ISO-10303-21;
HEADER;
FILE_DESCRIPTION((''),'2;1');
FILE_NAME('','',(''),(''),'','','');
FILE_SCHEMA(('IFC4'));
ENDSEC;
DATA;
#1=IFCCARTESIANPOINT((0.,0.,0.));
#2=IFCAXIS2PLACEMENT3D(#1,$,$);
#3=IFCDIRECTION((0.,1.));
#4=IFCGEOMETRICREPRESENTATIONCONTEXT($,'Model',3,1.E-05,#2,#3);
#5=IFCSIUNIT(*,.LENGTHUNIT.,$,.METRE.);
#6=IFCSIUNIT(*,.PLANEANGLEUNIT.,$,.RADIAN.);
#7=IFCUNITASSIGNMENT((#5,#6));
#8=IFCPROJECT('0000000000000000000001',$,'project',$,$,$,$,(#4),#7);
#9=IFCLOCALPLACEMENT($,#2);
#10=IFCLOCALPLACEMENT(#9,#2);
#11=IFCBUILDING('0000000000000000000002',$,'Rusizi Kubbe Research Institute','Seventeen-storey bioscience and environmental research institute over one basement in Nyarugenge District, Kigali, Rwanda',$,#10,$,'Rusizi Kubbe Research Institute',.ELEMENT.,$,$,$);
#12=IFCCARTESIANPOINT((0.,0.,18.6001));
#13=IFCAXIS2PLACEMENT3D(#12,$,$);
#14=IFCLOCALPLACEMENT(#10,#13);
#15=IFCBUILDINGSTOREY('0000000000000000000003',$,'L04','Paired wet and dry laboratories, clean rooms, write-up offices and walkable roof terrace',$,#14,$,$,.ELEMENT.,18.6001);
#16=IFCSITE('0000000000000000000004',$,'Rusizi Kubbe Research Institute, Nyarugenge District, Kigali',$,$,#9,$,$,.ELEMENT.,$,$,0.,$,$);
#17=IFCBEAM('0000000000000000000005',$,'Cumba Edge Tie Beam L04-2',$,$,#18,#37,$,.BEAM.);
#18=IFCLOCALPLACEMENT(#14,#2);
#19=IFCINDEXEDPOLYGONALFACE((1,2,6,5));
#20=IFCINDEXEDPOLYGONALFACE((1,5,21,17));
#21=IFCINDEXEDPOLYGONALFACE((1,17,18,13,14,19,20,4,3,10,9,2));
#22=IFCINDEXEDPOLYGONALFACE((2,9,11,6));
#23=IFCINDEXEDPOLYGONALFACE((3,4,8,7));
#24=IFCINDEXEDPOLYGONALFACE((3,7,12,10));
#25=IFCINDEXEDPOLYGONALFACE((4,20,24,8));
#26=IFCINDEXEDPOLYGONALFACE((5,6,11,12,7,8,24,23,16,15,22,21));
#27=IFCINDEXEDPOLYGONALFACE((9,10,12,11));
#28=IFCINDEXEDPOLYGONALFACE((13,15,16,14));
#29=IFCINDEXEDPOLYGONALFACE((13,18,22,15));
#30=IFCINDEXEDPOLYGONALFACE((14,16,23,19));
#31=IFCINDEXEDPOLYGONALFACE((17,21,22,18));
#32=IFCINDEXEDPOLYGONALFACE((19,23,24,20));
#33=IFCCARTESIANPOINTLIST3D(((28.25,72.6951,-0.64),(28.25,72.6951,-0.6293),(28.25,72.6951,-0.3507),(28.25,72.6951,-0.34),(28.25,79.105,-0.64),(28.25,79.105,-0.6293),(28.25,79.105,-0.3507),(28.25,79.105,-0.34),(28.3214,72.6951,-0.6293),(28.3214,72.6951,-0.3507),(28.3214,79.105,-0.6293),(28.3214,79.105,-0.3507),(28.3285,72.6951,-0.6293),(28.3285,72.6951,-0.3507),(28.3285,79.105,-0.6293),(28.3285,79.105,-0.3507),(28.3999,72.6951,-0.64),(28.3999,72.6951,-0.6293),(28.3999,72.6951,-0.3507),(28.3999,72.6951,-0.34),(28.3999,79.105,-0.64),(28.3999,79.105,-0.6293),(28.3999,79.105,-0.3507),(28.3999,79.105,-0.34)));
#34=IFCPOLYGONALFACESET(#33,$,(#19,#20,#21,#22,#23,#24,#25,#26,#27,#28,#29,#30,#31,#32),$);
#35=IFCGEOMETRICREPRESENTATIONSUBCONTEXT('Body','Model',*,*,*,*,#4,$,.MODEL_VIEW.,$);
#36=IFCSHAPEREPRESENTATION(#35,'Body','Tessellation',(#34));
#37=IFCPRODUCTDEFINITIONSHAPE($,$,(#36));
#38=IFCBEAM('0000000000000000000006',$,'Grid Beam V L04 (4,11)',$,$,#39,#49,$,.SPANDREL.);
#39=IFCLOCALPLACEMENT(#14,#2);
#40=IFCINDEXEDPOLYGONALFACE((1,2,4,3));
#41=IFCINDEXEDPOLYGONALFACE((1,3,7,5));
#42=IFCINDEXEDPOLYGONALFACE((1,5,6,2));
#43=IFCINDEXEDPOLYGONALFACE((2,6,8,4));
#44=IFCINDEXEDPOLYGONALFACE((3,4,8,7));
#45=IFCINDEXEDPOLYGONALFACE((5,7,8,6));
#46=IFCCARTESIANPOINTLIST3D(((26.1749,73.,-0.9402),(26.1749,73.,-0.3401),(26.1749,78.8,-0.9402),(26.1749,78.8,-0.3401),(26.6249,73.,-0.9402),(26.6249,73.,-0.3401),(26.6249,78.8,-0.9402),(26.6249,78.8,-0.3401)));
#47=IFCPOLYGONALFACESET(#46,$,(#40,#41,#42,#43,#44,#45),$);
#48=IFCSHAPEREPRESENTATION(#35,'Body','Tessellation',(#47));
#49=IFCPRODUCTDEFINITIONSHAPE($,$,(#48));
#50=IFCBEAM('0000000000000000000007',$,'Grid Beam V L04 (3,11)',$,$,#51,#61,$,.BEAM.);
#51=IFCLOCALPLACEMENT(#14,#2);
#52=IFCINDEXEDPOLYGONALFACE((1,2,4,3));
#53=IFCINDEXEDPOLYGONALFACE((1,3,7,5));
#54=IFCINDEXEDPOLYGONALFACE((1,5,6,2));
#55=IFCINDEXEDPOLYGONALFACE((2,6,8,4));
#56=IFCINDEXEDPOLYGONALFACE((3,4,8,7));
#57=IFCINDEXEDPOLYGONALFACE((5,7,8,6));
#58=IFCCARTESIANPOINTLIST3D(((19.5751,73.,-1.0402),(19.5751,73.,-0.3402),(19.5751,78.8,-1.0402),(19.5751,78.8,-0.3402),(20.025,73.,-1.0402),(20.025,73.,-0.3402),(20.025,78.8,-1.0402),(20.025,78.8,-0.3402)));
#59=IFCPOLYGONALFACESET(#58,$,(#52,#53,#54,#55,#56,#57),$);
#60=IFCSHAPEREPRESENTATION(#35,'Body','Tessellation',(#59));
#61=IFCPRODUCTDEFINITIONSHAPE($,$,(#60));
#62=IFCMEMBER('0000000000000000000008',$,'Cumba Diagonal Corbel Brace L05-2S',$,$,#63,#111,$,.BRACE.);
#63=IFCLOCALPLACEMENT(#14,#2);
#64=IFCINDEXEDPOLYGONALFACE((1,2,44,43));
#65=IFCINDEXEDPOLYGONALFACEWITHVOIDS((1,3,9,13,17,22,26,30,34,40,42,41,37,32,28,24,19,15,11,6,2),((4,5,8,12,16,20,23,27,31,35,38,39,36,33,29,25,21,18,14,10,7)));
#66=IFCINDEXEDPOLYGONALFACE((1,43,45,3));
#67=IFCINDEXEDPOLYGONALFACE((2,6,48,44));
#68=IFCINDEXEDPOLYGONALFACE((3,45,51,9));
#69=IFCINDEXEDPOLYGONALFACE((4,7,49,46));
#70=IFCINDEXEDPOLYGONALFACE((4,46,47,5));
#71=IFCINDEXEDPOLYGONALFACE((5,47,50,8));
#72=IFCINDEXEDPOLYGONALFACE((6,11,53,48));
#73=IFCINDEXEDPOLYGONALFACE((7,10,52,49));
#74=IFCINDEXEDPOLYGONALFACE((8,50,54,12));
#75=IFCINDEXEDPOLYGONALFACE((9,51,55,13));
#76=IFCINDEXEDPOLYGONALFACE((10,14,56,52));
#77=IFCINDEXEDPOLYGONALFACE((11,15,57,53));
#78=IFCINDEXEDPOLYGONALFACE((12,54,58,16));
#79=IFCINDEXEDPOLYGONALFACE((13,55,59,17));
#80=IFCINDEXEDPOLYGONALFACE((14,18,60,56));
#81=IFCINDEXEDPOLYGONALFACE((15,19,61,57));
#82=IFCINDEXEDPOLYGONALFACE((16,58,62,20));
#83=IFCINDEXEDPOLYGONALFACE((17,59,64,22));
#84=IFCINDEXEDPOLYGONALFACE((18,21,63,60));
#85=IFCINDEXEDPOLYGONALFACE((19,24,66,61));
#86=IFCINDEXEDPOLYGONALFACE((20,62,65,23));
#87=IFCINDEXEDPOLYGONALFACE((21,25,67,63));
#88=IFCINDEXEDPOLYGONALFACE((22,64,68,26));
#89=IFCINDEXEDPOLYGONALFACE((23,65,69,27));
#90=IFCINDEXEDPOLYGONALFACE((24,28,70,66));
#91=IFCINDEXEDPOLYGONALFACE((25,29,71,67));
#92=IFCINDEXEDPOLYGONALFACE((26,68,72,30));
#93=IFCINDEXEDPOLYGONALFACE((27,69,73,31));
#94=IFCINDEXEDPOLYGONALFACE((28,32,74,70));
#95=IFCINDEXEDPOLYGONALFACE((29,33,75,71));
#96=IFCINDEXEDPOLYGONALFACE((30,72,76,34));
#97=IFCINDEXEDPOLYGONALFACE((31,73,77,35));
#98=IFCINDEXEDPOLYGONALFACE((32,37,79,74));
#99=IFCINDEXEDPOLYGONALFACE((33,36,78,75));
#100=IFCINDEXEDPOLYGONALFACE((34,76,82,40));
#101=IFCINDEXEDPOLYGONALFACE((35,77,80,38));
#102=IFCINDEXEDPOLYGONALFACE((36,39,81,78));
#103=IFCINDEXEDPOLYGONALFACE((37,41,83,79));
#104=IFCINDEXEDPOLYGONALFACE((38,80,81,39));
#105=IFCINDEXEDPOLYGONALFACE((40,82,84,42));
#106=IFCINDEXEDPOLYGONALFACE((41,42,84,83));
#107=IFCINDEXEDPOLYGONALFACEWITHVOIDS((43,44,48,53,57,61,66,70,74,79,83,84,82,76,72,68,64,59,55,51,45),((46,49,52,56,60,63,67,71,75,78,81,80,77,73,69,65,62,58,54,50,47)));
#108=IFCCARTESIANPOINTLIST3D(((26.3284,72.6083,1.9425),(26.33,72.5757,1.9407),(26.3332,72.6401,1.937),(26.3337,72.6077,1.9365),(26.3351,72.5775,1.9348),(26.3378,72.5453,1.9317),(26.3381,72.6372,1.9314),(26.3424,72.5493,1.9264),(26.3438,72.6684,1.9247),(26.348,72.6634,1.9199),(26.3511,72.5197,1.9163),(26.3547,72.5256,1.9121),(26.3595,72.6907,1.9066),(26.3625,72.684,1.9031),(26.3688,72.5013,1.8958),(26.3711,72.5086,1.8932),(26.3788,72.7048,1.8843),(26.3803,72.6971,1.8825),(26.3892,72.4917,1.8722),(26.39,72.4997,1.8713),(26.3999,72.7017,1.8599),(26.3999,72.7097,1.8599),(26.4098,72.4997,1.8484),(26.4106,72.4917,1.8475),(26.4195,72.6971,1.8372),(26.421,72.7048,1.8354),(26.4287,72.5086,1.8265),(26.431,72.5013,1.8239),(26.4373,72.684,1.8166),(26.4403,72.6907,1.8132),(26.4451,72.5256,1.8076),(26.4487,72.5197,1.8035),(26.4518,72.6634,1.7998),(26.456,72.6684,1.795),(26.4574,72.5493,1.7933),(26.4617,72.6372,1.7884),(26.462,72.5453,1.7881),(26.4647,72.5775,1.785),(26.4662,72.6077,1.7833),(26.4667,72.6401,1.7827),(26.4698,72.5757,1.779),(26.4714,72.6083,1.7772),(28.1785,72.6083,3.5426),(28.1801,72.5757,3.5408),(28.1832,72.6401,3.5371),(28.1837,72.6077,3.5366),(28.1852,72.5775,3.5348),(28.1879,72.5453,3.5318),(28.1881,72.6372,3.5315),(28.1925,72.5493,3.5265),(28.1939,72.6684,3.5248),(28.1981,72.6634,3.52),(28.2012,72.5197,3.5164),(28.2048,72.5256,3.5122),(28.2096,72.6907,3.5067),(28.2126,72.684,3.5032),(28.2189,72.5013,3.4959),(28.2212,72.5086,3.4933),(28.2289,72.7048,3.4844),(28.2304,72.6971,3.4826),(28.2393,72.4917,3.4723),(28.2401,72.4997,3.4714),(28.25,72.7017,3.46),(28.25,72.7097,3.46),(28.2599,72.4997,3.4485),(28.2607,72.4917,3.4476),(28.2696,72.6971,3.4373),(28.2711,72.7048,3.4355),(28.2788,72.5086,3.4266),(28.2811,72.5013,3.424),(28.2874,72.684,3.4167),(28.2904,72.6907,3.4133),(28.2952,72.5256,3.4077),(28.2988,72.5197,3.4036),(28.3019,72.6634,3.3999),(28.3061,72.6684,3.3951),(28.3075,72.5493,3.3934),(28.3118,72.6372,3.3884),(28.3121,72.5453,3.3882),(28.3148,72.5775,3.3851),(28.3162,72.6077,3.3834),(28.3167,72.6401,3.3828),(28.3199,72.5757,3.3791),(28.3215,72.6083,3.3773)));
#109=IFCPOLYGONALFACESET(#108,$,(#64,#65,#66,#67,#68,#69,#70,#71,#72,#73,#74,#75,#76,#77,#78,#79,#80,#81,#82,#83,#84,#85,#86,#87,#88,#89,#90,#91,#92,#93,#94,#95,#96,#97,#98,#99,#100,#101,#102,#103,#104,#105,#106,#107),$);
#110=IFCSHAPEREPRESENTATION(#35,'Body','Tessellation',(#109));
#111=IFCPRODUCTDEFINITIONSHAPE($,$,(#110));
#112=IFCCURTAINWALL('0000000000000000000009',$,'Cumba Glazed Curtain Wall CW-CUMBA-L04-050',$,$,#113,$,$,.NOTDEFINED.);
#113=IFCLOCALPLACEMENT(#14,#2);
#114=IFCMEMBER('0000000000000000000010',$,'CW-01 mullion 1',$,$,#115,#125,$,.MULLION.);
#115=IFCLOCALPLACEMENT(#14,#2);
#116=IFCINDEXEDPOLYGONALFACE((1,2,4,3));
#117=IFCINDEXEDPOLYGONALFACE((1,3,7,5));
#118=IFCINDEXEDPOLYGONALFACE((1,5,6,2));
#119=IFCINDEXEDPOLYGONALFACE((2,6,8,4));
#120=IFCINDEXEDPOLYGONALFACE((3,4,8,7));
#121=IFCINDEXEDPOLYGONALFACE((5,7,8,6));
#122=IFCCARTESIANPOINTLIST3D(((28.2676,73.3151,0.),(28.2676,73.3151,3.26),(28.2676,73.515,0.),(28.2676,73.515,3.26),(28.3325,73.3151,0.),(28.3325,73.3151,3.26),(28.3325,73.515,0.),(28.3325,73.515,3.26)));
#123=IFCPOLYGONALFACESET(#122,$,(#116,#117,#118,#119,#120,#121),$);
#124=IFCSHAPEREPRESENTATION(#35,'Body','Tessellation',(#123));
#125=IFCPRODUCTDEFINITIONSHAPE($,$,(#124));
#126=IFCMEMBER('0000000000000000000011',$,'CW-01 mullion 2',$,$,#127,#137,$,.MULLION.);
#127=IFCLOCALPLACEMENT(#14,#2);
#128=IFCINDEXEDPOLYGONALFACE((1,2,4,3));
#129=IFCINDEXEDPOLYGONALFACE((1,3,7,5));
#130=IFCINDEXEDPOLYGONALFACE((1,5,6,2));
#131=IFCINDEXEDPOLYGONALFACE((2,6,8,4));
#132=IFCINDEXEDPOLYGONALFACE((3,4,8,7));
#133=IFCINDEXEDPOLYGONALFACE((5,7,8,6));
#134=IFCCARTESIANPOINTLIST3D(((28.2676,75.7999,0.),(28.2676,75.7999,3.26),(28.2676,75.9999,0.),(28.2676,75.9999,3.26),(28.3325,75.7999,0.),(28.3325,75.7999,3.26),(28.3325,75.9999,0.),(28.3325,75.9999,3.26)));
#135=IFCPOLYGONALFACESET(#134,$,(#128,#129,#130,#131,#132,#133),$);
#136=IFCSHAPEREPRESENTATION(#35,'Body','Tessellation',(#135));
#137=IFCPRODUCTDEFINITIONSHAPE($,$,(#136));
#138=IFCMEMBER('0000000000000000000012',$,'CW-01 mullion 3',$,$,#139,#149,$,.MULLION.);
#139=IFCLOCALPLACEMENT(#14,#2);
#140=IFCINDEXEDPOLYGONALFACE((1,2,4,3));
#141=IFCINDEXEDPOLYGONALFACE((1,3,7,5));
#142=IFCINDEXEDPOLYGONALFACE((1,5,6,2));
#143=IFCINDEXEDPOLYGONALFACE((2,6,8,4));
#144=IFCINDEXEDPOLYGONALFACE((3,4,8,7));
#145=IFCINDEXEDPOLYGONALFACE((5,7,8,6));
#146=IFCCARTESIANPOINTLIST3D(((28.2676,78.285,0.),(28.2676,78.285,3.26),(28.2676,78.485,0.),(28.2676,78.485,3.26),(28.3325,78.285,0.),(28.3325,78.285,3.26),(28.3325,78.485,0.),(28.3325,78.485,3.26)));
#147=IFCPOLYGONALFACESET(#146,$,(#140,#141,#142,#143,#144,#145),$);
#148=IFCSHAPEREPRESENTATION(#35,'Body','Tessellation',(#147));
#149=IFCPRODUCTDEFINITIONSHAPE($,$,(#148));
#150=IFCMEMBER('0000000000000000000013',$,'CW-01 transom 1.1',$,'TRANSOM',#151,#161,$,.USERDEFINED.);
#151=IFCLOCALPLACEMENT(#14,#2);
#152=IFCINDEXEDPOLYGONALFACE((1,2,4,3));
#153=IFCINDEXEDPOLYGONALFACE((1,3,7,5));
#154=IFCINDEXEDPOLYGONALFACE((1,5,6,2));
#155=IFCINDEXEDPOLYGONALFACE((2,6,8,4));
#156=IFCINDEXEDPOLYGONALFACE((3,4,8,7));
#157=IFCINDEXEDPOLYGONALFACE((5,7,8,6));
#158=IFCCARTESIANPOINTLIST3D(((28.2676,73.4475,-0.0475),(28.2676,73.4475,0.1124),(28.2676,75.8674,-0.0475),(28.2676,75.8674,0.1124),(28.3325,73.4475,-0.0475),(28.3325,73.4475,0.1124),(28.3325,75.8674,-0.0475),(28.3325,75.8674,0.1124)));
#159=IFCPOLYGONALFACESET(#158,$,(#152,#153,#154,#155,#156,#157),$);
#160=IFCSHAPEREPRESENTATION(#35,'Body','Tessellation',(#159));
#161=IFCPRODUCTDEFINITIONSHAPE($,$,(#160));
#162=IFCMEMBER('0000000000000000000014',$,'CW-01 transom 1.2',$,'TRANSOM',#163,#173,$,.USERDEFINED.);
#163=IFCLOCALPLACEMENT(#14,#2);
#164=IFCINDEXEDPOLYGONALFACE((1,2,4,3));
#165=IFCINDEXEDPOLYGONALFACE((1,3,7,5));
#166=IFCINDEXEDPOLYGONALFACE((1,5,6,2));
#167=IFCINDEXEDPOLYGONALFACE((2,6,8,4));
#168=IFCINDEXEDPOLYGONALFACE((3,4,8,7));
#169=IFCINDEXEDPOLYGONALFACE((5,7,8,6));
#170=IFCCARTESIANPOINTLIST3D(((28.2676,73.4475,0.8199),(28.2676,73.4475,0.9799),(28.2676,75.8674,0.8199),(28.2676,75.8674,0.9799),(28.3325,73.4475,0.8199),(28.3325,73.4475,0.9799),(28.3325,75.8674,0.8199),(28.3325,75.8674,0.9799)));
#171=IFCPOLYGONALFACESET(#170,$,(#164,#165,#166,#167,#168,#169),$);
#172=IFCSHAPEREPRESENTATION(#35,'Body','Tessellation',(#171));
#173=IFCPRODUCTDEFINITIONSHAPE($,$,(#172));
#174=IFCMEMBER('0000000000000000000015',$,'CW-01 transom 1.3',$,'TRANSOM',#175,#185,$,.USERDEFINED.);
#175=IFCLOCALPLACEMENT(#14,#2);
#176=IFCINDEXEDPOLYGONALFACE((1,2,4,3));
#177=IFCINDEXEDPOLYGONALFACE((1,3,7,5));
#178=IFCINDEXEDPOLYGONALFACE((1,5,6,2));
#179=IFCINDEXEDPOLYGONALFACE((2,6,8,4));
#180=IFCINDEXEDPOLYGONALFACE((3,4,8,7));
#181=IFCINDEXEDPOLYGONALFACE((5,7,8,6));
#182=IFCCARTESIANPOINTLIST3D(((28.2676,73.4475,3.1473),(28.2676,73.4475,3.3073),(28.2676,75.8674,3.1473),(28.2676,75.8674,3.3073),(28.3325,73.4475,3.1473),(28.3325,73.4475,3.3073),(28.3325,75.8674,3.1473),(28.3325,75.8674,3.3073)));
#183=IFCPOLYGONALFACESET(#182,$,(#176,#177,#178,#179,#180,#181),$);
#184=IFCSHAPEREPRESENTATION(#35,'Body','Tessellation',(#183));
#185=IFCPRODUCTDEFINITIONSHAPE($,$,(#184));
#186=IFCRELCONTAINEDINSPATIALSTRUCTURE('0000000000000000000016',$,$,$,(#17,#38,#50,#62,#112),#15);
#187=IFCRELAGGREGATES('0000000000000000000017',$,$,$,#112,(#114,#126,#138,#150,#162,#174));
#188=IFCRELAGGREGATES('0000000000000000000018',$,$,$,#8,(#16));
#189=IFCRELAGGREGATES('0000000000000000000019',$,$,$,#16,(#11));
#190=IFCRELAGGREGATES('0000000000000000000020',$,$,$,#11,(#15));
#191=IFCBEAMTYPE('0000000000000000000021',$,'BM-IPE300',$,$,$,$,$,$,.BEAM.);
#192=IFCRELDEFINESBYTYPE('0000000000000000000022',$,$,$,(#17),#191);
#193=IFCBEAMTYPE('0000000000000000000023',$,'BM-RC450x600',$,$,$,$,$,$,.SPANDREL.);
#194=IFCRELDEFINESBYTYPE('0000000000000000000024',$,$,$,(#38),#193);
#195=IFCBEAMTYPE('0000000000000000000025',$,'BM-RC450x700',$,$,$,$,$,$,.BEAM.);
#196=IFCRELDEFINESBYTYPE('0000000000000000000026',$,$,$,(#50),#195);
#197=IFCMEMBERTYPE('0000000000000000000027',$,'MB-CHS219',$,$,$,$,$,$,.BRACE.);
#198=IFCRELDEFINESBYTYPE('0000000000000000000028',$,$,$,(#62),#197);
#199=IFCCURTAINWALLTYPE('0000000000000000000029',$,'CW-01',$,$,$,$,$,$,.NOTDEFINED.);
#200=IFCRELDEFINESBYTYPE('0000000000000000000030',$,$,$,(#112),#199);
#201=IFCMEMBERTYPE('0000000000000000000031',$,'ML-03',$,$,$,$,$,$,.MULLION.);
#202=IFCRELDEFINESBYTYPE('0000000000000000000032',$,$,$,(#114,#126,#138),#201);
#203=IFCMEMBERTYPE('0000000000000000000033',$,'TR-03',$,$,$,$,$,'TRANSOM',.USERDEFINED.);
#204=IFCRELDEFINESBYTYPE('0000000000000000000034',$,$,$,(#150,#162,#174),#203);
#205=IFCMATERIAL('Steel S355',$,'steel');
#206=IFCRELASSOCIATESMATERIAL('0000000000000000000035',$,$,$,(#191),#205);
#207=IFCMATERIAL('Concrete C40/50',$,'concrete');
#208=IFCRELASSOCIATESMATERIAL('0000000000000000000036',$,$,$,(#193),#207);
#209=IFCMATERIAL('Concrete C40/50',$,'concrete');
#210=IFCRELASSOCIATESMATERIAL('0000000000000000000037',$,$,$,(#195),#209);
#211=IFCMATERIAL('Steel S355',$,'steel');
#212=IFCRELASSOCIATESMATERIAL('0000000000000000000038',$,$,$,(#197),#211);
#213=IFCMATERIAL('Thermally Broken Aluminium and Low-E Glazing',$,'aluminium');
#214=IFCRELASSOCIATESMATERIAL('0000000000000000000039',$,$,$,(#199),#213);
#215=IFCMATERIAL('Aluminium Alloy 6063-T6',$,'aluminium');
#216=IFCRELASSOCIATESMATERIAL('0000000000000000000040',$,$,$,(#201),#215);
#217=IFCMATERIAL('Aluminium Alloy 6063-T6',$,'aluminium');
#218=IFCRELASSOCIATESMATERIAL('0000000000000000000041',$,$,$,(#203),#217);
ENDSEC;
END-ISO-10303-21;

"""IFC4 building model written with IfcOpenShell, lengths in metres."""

from ifc_helpers import new_model, si_unit, direction, frame, origin, origin_2d, place, context, subcontext, project, spatial, rectangle, hollow_circle, i_section, extrude, material, material_profile, profile_set, type_object, element, aggregate, save


model = new_model("IFC4")

# Units and contexts
model_context = context("Model", 3, precision=1e-05, world=origin(), true_north=direction((0.0, 1.0)))
body_context = subcontext(model_context, "Body", "Model", "MODEL_VIEW")
ifc_project = project(units=[si_unit("LENGTHUNIT", "METRE"), si_unit("PLANEANGLEUNIT", "RADIAN")], contexts=[model_context])

# Site, building, storey
site_placement = place(None, origin())
site = spatial("IfcSite", under=ifc_project, at=site_placement, Name="Rusizi Kubbe Research Institute, Nyarugenge District, Kigali", CompositionType="ELEMENT", RefElevation=0.0)
building_placement = place(site_placement, origin())
building = spatial("IfcBuilding", under=site, at=building_placement, Name="Rusizi Kubbe Research Institute", Description="Seventeen-storey bioscience and environmental research institute over one basement in Nyarugenge District, Kigali, Rwanda", LongName="Rusizi Kubbe Research Institute", CompositionType="ELEMENT")
storey_placement = place(building_placement, frame((0.0, 0.0, 18.6001)))
storey = spatial("IfcBuildingStorey", under=building, at=storey_placement, Name="L04", Description="Paired wet and dry laboratories, clean rooms, write-up offices and walkable roof terrace", CompositionType="ELEMENT", Elevation=18.6001)

# Beams
ifc_material_1 = material(Name="Steel S355", Category="steel")
ifc_material_profile_1 = material_profile(ifc_material_1, i_section(OverallWidth=0.1499, OverallDepth=0.3, WebThickness=0.0071, FlangeThickness=0.0107, at=origin_2d()), Name="IPE 300")
ifc_profile_set_1 = profile_set([ifc_material_profile_1], Name="Steel S355")
beam_type_1 = type_object("IfcBeamType", Name="BM-IPE300", PredefinedType="BEAM", material=ifc_profile_set_1)
beam_1_placement = place(storey_placement, frame((28.325, 72.6951, -0.49), z_axis=(0.0, 1.0, 0.0), x_axis=(-1.0, 0.0, 0.0)))
element("IfcBeam", 1, at=beam_1_placement, inside=storey, type_object=beam_type_1, Name="Cumba Edge Tie Beam L04-2", PredefinedType="BEAM", context=body_context, shape_type="SweptSolid", body=[
    extrude(i_section(OverallWidth=0.1499, OverallDepth=0.3, WebThickness=0.0071, FlangeThickness=0.0107, at=origin_2d()), origin(), (0.0, 0.0, 1.0), 6.4099),
])
ifc_material_2 = material(Name="Concrete C40/50", Category="concrete")
ifc_material_profile_2 = material_profile(ifc_material_2, rectangle(XDim=0.45, YDim=0.6001, at=origin_2d()), Name="RC450x600")
ifc_profile_set_2 = profile_set([ifc_material_profile_2], Name="Concrete C40/50")
beam_type_2 = type_object("IfcBeamType", Name="BM-RC450x600", PredefinedType="SPANDREL", material=ifc_profile_set_2)
beam_2_placement = place(storey_placement, frame((26.3999, 73.0, -0.6401), z_axis=(0.0, 1.0, 0.0), x_axis=(-1.0, 0.0, 0.0)))
element("IfcBeam", 2, at=beam_2_placement, inside=storey, type_object=beam_type_2, Name="Grid Beam V L04 (4,11)", PredefinedType="SPANDREL", context=body_context, shape_type="SweptSolid", body=[
    extrude(rectangle(XDim=0.45, YDim=0.6001, at=origin_2d()), origin(), (0.0, 0.0, 1.0), 5.8),
])
ifc_material_3 = material(Name="Concrete C40/50", Category="concrete")
ifc_material_profile_3 = material_profile(ifc_material_3, rectangle(XDim=0.45, YDim=0.7, at=origin_2d()), Name="RC450x700B")
ifc_profile_set_3 = profile_set([ifc_material_profile_3], Name="Concrete C40/50")
beam_type_3 = type_object("IfcBeamType", Name="BM-RC450x700", PredefinedType="BEAM", material=ifc_profile_set_3)
beam_3_placement = place(storey_placement, frame((19.8, 73.0, -0.6902), z_axis=(0.0, 1.0, 0.0), x_axis=(-1.0, 0.0, 0.0)))
element("IfcBeam", 3, at=beam_3_placement, inside=storey, type_object=beam_type_3, Name="Grid Beam V L04 (3,11)", PredefinedType="BEAM", context=body_context, shape_type="SweptSolid", body=[
    extrude(rectangle(XDim=0.45, YDim=0.7, at=origin_2d()), origin(), (0.0, 0.0, 1.0), 5.8),
])

# Member
ifc_material_4 = material(Name="Steel S355", Category="steel")
ifc_material_profile_4 = material_profile(ifc_material_4, hollow_circle(Radius=0.1096, WallThickness=0.0081, at=origin_2d()), Name="CHS 219.1x8.0")
ifc_profile_set_4 = profile_set([ifc_material_profile_4], Name="Steel S355")
member_type_1 = type_object("IfcMemberType", Name="MB-CHS219", PredefinedType="BRACE", material=ifc_profile_set_4)
member_1_placement = place(storey_placement, frame((26.3999, 72.6001, 1.8599), z_axis=(0.756361, 0.0, 0.654155), x_axis=(0.0, 1.0, 0.0)))
element("IfcMember", 4, at=member_1_placement, inside=storey, type_object=member_type_1, Name="Cumba Diagonal Corbel Brace L05-2S", PredefinedType="BRACE", context=body_context, shape_type="SweptSolid", body=[
    extrude(hollow_circle(Radius=0.1096, WallThickness=0.0081, at=origin_2d()), origin(), (0.0, 0.0, 1.0), 2.446),
])

# Curtain wall, members
ifc_material_5 = material(Name="Thermally Broken Aluminium and Low-E Glazing", Category="aluminium")
curtain_wall_type = type_object("IfcCurtainWallType", Name="CW-01", PredefinedType="NOTDEFINED", material=ifc_material_5)
curtain_wall_placement = place(storey_placement, origin())
curtain_wall = element("IfcCurtainWall", 5, at=curtain_wall_placement, inside=storey, type_object=curtain_wall_type, Name="Cumba Glazed Curtain Wall CW-CUMBA-L04-050", PredefinedType="NOTDEFINED")
ifc_material_6 = material(Name="Aluminium Alloy 6063-T6", Category="aluminium")
ifc_material_profile_5 = material_profile(ifc_material_6, rectangle(XDim=0.0649, YDim=0.2, at=origin_2d()), Name="ALU-M 65x200")
ifc_profile_set_5 = profile_set([ifc_material_profile_5], Name="Aluminium Alloy 6063-T6")
member_type_2 = type_object("IfcMemberType", Name="ML-03", PredefinedType="MULLION", material=ifc_profile_set_5)
member_2_placement = place(storey_placement, frame((28.3, 73.415, 0.0), z_axis=(0.0, 0.0, 1.0), x_axis=(-1.0, 0.0, 0.0)))
member_2 = element("IfcMember", 6, at=member_2_placement, type_object=member_type_2, Name="CW-01 mullion 1", PredefinedType="MULLION", context=body_context, shape_type="SweptSolid", body=[
    extrude(rectangle(XDim=0.0649, YDim=0.2, at=origin_2d()), origin(), (0.0, 0.0, 1.0), 3.26),
])
member_3_placement = place(storey_placement, frame((28.3, 75.8999, 0.0), z_axis=(0.0, 0.0, 1.0), x_axis=(-1.0, 0.0, 0.0)))
member_3 = element("IfcMember", 7, at=member_3_placement, type_object=member_type_2, Name="CW-01 mullion 2", PredefinedType="MULLION", context=body_context, shape_type="SweptSolid", body=[
    extrude(rectangle(XDim=0.0649, YDim=0.2, at=origin_2d()), origin(), (0.0, 0.0, 1.0), 3.26),
])
member_4_placement = place(storey_placement, frame((28.3, 78.385, 0.0), z_axis=(0.0, 0.0, 1.0), x_axis=(-1.0, 0.0, 0.0)))
member_4 = element("IfcMember", 8, at=member_4_placement, type_object=member_type_2, Name="CW-01 mullion 3", PredefinedType="MULLION", context=body_context, shape_type="SweptSolid", body=[
    extrude(rectangle(XDim=0.0649, YDim=0.2, at=origin_2d()), origin(), (0.0, 0.0, 1.0), 3.26),
])
ifc_material_7 = material(Name="Aluminium Alloy 6063-T6", Category="aluminium")
ifc_material_profile_6 = material_profile(ifc_material_7, rectangle(XDim=0.0649, YDim=0.1599, at=origin_2d()), Name="ALU-T 65x160")
ifc_profile_set_6 = profile_set([ifc_material_profile_6], Name="Aluminium Alloy 6063-T6")
member_type_3 = type_object("IfcMemberType", Name="TR-03", ElementType="TRANSOM", PredefinedType="USERDEFINED", material=ifc_profile_set_6)
member_5_placement = place(storey_placement, frame((28.3, 73.4475, 0.0325), z_axis=(0.0, 1.0, 0.0), x_axis=(-1.0, 0.0, 0.0)))
member_5 = element("IfcMember", 9, at=member_5_placement, type_object=member_type_3, Name="CW-01 transom 1.1", ObjectType="TRANSOM", PredefinedType="USERDEFINED", context=body_context, shape_type="SweptSolid", body=[
    extrude(rectangle(XDim=0.0649, YDim=0.1599, at=origin_2d()), origin(), (0.0, 0.0, 1.0), 2.4199),
])
member_6_placement = place(storey_placement, frame((28.3, 73.4475, 0.8999), z_axis=(0.0, 1.0, 0.0), x_axis=(-1.0, 0.0, 0.0)))
member_6 = element("IfcMember", 10, at=member_6_placement, type_object=member_type_3, Name="CW-01 transom 1.2", ObjectType="TRANSOM", PredefinedType="USERDEFINED", context=body_context, shape_type="SweptSolid", body=[
    extrude(rectangle(XDim=0.0649, YDim=0.1599, at=origin_2d()), origin(), (0.0, 0.0, 1.0), 2.4199),
])
member_7_placement = place(storey_placement, frame((28.3, 73.4475, 3.2273), z_axis=(0.0, 1.0, 0.0), x_axis=(-1.0, 0.0, 0.0)))
member_7 = element("IfcMember", 11, at=member_7_placement, type_object=member_type_3, Name="CW-01 transom 1.3", ObjectType="TRANSOM", PredefinedType="USERDEFINED", context=body_context, shape_type="SweptSolid", body=[
    extrude(rectangle(XDim=0.0649, YDim=0.1599, at=origin_2d()), origin(), (0.0, 0.0, 1.0), 2.4199),
])
aggregate(curtain_wall, [member_2, member_3, member_4, member_5, member_6, member_7])

save(model, "model.ifc")
